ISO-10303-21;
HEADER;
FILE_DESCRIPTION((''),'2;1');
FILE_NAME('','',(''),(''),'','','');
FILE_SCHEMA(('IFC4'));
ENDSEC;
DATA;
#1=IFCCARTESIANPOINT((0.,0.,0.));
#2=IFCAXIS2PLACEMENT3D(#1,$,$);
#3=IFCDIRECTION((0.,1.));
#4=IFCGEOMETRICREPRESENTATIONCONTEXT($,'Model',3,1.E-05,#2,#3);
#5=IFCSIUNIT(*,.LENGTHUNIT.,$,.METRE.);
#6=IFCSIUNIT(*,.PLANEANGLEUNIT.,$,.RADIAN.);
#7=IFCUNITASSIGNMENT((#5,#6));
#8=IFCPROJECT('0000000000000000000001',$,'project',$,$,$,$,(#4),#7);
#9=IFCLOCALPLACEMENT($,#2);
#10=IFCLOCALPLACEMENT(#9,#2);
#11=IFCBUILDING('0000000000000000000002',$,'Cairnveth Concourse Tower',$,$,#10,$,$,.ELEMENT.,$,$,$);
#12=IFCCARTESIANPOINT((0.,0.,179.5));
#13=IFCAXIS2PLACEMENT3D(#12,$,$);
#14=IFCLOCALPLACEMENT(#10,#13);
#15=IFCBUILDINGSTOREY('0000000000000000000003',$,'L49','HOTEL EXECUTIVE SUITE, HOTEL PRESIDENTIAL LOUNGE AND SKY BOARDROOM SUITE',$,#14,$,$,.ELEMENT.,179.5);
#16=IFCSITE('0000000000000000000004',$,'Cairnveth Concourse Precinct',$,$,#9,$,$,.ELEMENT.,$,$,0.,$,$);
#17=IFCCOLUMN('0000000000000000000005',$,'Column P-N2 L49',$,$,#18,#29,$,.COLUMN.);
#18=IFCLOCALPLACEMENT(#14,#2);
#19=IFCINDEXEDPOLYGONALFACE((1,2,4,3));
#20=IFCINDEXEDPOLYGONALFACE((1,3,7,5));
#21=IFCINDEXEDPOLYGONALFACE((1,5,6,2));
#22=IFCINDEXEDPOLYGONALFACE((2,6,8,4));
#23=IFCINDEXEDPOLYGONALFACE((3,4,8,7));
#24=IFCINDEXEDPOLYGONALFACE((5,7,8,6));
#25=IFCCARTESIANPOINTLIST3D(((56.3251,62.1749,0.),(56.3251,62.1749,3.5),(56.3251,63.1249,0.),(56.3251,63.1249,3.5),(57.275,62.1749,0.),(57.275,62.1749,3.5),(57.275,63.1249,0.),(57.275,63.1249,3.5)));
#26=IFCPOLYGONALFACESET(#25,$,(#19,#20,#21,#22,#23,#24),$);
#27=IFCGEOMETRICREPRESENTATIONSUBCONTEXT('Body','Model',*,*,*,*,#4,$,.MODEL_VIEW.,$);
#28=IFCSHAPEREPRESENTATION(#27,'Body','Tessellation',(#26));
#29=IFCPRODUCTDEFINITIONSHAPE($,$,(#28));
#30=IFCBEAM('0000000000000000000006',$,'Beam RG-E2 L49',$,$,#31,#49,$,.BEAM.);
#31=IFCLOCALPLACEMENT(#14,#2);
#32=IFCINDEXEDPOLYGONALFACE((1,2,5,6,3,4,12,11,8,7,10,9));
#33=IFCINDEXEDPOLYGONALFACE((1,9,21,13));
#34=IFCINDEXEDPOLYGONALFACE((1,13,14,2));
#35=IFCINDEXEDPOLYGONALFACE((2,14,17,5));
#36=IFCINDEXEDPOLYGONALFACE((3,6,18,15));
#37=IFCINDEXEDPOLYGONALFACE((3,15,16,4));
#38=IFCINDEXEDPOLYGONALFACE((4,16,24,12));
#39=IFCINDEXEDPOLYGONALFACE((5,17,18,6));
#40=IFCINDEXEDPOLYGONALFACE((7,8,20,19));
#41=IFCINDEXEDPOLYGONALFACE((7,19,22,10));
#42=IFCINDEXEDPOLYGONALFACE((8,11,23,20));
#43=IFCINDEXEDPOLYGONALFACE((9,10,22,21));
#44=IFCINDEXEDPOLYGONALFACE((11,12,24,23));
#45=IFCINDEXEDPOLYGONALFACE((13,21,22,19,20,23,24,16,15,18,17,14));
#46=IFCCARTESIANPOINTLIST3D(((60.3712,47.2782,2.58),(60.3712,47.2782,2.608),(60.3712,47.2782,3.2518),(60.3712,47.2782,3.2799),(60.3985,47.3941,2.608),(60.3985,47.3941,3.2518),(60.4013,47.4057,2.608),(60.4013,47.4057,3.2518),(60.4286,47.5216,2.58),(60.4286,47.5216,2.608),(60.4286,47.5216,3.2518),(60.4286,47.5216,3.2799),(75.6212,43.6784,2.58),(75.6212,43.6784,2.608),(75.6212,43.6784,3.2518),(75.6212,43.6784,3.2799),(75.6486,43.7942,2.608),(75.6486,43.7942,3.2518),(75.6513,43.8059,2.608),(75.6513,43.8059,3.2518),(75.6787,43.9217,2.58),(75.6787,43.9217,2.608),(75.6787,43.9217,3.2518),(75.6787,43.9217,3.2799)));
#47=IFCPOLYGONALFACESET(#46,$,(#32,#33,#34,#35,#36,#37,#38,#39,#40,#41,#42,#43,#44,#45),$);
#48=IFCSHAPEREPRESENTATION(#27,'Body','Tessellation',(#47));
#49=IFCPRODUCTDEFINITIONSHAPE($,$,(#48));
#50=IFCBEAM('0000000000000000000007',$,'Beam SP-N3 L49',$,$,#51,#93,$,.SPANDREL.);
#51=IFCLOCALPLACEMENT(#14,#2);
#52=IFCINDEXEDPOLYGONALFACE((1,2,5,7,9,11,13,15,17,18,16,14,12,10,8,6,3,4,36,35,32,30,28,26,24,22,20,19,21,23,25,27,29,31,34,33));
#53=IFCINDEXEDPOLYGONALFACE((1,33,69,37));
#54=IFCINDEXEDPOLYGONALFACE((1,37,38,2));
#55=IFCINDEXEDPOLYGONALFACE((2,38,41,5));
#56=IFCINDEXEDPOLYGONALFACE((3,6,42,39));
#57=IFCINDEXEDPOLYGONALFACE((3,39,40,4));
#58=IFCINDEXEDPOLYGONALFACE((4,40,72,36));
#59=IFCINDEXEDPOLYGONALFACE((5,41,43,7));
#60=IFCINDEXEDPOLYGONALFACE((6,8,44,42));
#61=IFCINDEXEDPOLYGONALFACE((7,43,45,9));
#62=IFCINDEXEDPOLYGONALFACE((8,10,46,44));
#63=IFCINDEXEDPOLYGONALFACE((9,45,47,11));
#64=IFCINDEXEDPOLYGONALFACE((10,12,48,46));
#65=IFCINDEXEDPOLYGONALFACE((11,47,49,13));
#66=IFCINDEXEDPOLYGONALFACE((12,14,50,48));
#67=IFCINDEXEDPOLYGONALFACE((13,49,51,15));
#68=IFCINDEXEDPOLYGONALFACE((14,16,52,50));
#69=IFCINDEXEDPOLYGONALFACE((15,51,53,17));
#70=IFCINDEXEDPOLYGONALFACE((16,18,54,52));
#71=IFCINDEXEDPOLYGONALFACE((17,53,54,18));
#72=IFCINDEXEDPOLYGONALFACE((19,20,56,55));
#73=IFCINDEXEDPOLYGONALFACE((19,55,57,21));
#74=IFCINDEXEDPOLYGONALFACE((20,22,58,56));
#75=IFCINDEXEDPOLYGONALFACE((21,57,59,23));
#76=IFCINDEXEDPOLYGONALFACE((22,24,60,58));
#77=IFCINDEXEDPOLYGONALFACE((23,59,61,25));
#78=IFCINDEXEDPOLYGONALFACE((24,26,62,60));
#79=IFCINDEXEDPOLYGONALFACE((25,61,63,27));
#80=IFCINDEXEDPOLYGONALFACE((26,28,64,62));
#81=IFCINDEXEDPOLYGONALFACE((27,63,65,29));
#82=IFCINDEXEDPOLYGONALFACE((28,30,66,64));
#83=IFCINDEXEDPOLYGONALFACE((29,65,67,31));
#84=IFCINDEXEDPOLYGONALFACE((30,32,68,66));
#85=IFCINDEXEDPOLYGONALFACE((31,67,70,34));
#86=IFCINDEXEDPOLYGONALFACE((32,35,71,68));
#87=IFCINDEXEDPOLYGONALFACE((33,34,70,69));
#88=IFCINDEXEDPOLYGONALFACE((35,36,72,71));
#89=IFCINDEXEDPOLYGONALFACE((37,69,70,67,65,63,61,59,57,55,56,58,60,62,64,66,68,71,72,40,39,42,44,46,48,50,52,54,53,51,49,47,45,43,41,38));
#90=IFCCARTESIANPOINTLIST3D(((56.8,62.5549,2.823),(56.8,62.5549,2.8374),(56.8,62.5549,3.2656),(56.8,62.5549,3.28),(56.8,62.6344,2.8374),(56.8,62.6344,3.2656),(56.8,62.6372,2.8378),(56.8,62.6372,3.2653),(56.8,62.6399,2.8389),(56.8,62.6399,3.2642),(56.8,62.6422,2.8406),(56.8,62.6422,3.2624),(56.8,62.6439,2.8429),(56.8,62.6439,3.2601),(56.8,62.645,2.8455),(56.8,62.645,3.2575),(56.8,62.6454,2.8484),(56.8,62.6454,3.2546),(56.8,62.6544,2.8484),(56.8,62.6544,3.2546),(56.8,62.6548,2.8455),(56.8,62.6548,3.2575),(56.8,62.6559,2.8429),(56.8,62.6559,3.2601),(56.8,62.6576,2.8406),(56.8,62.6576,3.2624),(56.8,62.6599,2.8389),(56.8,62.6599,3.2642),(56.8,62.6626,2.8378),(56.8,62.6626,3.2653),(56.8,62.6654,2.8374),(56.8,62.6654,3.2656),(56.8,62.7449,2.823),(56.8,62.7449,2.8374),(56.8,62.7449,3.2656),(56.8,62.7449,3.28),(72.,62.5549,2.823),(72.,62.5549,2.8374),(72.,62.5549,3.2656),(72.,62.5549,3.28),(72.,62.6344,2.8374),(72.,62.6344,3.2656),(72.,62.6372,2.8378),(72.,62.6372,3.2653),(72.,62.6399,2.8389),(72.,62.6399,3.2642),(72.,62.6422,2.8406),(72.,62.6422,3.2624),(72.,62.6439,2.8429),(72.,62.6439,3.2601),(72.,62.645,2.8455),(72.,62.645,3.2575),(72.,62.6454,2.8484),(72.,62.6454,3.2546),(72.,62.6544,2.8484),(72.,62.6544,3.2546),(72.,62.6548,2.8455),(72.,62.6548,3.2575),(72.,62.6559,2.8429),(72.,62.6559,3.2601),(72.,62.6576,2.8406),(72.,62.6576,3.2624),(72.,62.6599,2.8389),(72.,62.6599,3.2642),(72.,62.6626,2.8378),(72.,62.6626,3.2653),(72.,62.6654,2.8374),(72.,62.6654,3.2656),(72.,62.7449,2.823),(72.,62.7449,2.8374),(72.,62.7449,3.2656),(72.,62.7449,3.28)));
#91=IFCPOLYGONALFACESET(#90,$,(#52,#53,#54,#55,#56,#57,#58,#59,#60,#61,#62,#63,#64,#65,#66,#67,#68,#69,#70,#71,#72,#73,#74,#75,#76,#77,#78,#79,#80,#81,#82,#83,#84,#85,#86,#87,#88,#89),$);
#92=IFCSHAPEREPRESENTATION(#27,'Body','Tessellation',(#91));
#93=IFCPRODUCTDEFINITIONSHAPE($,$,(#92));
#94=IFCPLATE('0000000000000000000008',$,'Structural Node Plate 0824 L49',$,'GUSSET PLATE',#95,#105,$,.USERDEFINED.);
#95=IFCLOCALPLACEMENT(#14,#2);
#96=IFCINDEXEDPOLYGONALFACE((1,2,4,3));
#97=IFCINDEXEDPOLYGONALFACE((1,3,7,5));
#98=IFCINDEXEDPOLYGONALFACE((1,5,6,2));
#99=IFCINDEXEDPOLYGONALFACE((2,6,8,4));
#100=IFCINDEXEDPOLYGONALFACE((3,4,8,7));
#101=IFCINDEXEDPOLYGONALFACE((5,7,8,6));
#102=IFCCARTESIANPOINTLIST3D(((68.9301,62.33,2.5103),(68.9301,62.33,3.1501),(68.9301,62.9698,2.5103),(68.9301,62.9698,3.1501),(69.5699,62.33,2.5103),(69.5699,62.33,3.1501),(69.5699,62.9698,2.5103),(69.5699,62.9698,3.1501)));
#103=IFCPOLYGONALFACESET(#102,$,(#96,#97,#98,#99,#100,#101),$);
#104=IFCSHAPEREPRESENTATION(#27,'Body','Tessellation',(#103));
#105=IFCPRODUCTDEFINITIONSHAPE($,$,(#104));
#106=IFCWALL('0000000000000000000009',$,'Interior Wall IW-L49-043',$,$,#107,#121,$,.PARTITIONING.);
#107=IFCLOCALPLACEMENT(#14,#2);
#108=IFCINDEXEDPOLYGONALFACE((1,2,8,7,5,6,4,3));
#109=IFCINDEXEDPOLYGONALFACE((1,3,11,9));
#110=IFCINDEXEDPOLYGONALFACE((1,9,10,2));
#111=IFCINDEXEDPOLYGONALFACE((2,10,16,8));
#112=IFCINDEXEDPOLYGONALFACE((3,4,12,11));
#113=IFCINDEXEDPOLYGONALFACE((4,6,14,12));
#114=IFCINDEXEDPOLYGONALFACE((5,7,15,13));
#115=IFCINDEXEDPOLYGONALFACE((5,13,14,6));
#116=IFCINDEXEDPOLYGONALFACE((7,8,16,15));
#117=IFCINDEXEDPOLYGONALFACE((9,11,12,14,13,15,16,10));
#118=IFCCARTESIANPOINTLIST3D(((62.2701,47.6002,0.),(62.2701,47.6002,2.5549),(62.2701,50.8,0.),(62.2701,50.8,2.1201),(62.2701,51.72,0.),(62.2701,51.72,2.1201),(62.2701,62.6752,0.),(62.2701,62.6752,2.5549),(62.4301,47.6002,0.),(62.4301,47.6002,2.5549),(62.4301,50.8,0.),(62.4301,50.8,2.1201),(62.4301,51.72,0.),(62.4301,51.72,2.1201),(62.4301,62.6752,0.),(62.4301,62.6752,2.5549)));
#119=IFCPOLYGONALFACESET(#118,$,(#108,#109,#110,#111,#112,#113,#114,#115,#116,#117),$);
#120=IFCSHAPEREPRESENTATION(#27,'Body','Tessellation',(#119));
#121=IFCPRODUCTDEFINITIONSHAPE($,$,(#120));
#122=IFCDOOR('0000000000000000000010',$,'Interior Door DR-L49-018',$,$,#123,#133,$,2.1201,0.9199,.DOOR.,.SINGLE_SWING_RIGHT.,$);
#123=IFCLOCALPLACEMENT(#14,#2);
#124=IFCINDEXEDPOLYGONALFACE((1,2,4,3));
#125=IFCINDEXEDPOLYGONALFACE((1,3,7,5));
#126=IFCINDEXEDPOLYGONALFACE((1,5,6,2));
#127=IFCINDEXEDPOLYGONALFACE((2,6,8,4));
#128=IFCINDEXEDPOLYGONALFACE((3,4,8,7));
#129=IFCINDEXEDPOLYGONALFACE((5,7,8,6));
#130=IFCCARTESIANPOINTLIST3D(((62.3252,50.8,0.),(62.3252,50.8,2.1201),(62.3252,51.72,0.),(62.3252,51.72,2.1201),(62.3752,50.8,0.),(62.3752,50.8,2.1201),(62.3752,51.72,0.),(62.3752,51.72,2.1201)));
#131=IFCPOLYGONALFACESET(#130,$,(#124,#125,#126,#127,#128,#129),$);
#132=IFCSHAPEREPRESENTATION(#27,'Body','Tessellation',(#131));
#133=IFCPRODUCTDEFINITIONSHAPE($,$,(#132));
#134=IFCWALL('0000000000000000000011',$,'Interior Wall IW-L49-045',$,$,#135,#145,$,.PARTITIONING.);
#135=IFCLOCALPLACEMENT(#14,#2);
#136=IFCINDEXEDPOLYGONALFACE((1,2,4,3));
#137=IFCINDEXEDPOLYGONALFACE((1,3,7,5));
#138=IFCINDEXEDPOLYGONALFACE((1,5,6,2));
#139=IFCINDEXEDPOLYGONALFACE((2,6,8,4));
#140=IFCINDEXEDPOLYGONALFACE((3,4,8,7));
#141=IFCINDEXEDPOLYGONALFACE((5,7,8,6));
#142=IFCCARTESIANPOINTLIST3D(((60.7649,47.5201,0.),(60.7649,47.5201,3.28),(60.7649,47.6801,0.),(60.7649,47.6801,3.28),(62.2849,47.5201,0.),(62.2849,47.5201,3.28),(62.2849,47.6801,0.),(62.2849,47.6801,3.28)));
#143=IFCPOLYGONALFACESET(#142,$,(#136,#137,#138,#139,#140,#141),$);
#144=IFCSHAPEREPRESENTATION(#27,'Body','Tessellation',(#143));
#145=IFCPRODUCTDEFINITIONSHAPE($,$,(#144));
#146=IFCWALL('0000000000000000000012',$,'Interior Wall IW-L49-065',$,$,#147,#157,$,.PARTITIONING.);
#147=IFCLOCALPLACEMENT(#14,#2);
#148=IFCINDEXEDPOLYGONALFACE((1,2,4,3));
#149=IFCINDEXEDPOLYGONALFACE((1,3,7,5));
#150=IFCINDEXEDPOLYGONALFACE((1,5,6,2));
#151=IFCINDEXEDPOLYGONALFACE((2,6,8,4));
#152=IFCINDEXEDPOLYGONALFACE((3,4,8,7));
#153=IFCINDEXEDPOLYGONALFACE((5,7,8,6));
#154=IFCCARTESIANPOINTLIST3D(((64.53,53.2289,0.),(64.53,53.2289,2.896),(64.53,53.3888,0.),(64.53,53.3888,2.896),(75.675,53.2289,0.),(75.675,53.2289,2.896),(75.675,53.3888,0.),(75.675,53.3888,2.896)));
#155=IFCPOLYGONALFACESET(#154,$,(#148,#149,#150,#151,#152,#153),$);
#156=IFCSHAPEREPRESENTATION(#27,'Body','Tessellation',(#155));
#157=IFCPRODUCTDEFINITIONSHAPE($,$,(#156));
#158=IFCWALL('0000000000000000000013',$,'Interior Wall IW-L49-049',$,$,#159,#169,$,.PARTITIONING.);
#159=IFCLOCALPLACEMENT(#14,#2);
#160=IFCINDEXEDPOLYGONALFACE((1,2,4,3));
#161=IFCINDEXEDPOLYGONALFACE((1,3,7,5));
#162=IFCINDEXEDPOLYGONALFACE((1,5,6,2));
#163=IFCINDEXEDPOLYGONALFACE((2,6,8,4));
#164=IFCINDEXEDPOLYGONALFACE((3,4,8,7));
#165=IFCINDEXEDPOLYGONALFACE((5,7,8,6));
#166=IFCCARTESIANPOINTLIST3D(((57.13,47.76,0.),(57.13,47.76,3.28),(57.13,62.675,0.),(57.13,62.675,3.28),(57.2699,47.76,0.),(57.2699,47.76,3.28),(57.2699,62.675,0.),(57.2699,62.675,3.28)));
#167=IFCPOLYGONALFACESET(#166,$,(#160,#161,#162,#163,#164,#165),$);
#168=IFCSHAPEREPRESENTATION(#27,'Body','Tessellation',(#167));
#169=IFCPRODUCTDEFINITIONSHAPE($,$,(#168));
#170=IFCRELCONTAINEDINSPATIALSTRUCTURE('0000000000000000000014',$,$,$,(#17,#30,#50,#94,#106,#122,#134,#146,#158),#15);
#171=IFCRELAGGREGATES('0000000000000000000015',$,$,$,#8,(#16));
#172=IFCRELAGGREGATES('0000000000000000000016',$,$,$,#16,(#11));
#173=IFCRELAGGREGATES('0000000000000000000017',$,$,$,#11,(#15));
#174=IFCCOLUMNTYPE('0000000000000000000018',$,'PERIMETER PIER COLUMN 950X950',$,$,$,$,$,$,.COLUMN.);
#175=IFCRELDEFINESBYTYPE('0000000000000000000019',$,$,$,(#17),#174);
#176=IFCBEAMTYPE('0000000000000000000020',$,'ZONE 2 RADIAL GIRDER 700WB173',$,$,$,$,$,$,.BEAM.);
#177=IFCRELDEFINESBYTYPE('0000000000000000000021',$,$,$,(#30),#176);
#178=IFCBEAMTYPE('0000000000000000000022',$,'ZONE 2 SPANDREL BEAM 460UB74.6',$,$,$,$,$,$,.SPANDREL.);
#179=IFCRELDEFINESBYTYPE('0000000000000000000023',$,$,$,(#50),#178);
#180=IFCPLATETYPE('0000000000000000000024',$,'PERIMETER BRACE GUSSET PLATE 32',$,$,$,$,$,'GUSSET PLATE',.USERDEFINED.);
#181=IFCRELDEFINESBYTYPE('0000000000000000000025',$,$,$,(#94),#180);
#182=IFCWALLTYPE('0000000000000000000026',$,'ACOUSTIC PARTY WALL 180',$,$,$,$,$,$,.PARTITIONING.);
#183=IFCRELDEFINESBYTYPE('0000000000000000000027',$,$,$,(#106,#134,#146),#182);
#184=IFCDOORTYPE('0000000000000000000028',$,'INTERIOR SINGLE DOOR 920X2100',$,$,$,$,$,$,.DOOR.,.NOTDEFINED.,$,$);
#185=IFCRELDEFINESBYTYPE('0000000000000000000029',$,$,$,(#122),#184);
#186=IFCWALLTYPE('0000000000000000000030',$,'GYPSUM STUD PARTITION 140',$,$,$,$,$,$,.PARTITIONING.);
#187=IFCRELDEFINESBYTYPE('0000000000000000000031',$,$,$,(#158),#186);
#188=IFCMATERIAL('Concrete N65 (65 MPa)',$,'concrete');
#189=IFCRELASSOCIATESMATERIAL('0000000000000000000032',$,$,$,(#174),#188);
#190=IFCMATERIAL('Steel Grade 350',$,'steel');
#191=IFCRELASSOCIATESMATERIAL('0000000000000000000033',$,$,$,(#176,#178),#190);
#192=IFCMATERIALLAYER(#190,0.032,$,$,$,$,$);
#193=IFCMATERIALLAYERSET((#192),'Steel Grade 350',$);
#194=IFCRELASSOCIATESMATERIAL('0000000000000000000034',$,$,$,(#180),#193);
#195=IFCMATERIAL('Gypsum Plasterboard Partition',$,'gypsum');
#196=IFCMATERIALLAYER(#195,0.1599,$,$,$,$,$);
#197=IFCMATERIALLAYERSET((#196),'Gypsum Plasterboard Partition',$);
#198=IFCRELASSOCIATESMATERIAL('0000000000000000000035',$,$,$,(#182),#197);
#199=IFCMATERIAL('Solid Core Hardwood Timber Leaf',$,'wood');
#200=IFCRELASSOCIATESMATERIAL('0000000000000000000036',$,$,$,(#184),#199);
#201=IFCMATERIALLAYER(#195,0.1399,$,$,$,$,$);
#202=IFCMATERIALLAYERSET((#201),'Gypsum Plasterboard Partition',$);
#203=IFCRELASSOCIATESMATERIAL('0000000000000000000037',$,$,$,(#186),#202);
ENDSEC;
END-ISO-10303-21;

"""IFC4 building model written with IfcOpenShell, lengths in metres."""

from ifc_helpers import new_model, si_unit, direction, frame, frame_2d, origin, origin_2d, place, context, subcontext, project, spatial, rectangle, i_section, extrude, material, layer, layer_set, material_profile, profile_set, type_object, element, fill, save


model = new_model("IFC4")

# Units and contexts
model_context = context("Model", 3, precision=1e-05, world=origin(), true_north=direction((0.0, 1.0)))
body_context = subcontext(model_context, "Body", "Model", "MODEL_VIEW")
ifc_project = project(units=[si_unit("LENGTHUNIT", "METRE"), si_unit("PLANEANGLEUNIT", "RADIAN")], contexts=[model_context])

# Site, building, storey
site_placement = place(None, origin())
site = spatial("IfcSite", under=ifc_project, at=site_placement, Name="Cairnveth Concourse Precinct", CompositionType="ELEMENT", RefElevation=0.0)
building_placement = place(site_placement, origin())
building = spatial("IfcBuilding", under=site, at=building_placement, Name="Cairnveth Concourse Tower", CompositionType="ELEMENT")
storey_placement = place(building_placement, frame((0.0, 0.0, 179.5)))
storey = spatial("IfcBuildingStorey", under=building, at=storey_placement, Name="L49", Description="HOTEL EXECUTIVE SUITE, HOTEL PRESIDENTIAL LOUNGE AND SKY BOARDROOM SUITE", CompositionType="ELEMENT", Elevation=179.5)

# Column
ifc_material_1 = material(Name="Concrete N65 (65 MPa)", Category="concrete")
ifc_material_profile_1 = material_profile(ifc_material_1, rectangle(XDim=0.95, YDim=0.95, at=origin_2d()), Name="RC-COL-950x950")
ifc_profile_set_1 = profile_set([ifc_material_profile_1], Name="Concrete N65 (65 MPa)")
column_type = type_object("IfcColumnType", Name="PERIMETER PIER COLUMN 950X950", PredefinedType="COLUMN", material=ifc_profile_set_1)
column_placement = place(storey_placement, frame((56.8, 62.6499, 0.0), z_axis=(0.0, 0.0, 1.0), x_axis=(1.0, 0.0, 0.0)))
element("IfcColumn", 1, at=column_placement, inside=storey, type_object=column_type, Name="Column P-N2 L49", PredefinedType="COLUMN", context=body_context, shape_type="SweptSolid", body=[
    extrude(rectangle(XDim=0.95, YDim=0.95, at=origin_2d()), origin(), (0.0, 0.0, 1.0), 3.5),
])

# Beams
ifc_material_2 = material(Name="Steel Grade 350", Category="steel")
ifc_material_profile_2 = material_profile(ifc_material_2, i_section(OverallWidth=0.25, OverallDepth=0.7, WebThickness=0.012, FlangeThickness=0.0281, at=origin_2d()), Name="700WB173")
ifc_profile_set_2 = profile_set([ifc_material_profile_2], Name="Steel Grade 350")
beam_type_1 = type_object("IfcBeamType", Name="ZONE 2 RADIAL GIRDER 700WB173", PredefinedType="BEAM", material=ifc_profile_set_2)
beam_1_placement = place(storey_placement, frame((60.3999, 47.3999, 2.9299), z_axis=(0.973252, -0.229742, 0.0), x_axis=(0.229742, 0.973252, 0.0)))
element("IfcBeam", 2, at=beam_1_placement, inside=storey, type_object=beam_type_1, Name="Beam RG-E2 L49", PredefinedType="BEAM", context=body_context, shape_type="SweptSolid", body=[
    extrude(i_section(OverallWidth=0.25, OverallDepth=0.7, WebThickness=0.012, FlangeThickness=0.0281, at=origin_2d()), origin(), (0.0, 0.0, 1.0), 15.6692),
])
ifc_material_profile_3 = material_profile(ifc_material_2, i_section(OverallWidth=0.1899, OverallDepth=0.457, WebThickness=0.009, FlangeThickness=0.0144, FilletRadius=0.011, at=origin_2d()), Name="460UB74.6")
ifc_profile_set_3 = profile_set([ifc_material_profile_3], Name="Steel Grade 350")
beam_type_2 = type_object("IfcBeamType", Name="ZONE 2 SPANDREL BEAM 460UB74.6", PredefinedType="SPANDREL", material=ifc_profile_set_3)
beam_2_placement = place(storey_placement, frame((56.8, 62.6499, 3.0515), z_axis=(1.0, 0.0, 0.0), x_axis=(0.0, 1.0, 0.0)))
element("IfcBeam", 3, at=beam_2_placement, inside=storey, type_object=beam_type_2, Name="Beam SP-N3 L49", PredefinedType="SPANDREL", context=body_context, shape_type="SweptSolid", body=[
    extrude(i_section(OverallWidth=0.1899, OverallDepth=0.457, WebThickness=0.009, FlangeThickness=0.0144, FilletRadius=0.011, at=origin_2d()), origin(), (0.0, 0.0, 1.0), 15.2),
])

# Plate
ifc_layer_1 = layer(ifc_material_2, 0.032)
ifc_layer_set_1 = layer_set([ifc_layer_1], Name="Steel Grade 350")
plate_type = type_object("IfcPlateType", Name="PERIMETER BRACE GUSSET PLATE 32", ElementType="GUSSET PLATE", PredefinedType="USERDEFINED", material=ifc_layer_set_1)
plate_placement = place(storey_placement, frame((69.25, 62.6499, 2.5103), z_axis=(0.0, 0.0, 1.0), x_axis=(1.0, 0.0, 0.0)))
element("IfcPlate", 4, at=plate_placement, inside=storey, type_object=plate_type, Name="Structural Node Plate 0824 L49", ObjectType="GUSSET PLATE", PredefinedType="USERDEFINED", context=body_context, shape_type="SweptSolid", body=[
    extrude(rectangle(XDim=0.6399, YDim=0.6399, at=origin_2d()), origin(), (0.0, 0.0, 1.0), 0.6399),
])

# Wall, opening, door
ifc_material_3 = material(Name="Gypsum Plasterboard Partition", Category="gypsum")
ifc_layer_2 = layer(ifc_material_3, 0.1599)
ifc_layer_set_2 = layer_set([ifc_layer_2], Name="Gypsum Plasterboard Partition")
wall_type_1 = type_object("IfcWallType", Name="ACOUSTIC PARTY WALL 180", PredefinedType="PARTITIONING", material=ifc_layer_set_2)
wall_1_placement = place(storey_placement, frame((62.3501, 47.6001, 0.0), z_axis=(0.0, 0.0, 1.0), x_axis=(0.0, 1.0, 0.0)))
wall_1 = element("IfcWall", 5, at=wall_1_placement, inside=storey, type_object=wall_type_1, Name="Interior Wall IW-L49-043", PredefinedType="PARTITIONING", context=body_context, shape_type="SweptSolid", body=[
    extrude(rectangle(XDim=15.075, YDim=0.1599, at=frame_2d((7.5376, 0.0))), origin(), (0.0, 0.0, 1.0), 2.5549),
])
opening_1_placement = place(wall_1_placement, frame((3.2, 0.0, 0.0)))
opening_1 = element("IfcOpeningElement", 6, at=opening_1_placement, cuts=wall_1, PredefinedType="OPENING", context=body_context, shape_type="SweptSolid", body=[
    extrude(rectangle(XDim=0.9199, YDim=2.1201, at=frame_2d((0.46, 1.0601))), frame((0.0, 0.0898, 0.0), z_axis=(0.0, -1.0, 0.0), x_axis=(1.0, 0.0, 0.0)), (0.0, 0.0, 1.0), 0.1799),
])
ifc_material_4 = material(Name="Solid Core Hardwood Timber Leaf", Category="wood")
door_type_1 = type_object("IfcDoorType", Name="INTERIOR SINGLE DOOR 920X2100", OperationType="NOTDEFINED", PredefinedType="DOOR", material=ifc_material_4)
door_1_placement = place(opening_1_placement, origin())
door_1 = element("IfcDoor", 7, at=door_1_placement, inside=storey, type_object=door_type_1, Name="Interior Door DR-L49-018", OperationType="SINGLE_SWING_RIGHT", OverallHeight=2.1201, OverallWidth=0.9199, PredefinedType="DOOR", context=body_context, shape_type="SweptSolid", body=[
    extrude(rectangle(XDim=0.9199, YDim=2.1201, at=frame_2d((0.46, 1.0601))), frame((0.0, 0.0249, 0.0), z_axis=(0.0, -1.0, 0.0), x_axis=(1.0, 0.0, 0.0)), (0.0, 0.0, 1.0), 0.05),
])
fill(opening_1, door_1)

# Walls
wall_2_placement = place(storey_placement, frame((60.7649, 47.6001, 0.0), z_axis=(0.0, 0.0, 1.0), x_axis=(1.0, 0.0, 0.0)))
element("IfcWall", 8, at=wall_2_placement, inside=storey, type_object=wall_type_1, Name="Interior Wall IW-L49-045", PredefinedType="PARTITIONING", context=body_context, shape_type="SweptSolid", body=[
    extrude(rectangle(XDim=1.52, YDim=0.1599, at=frame_2d((0.76, 0.0))), origin(), (0.0, 0.0, 1.0), 3.28),
])
wall_3_placement = place(storey_placement, frame((64.53, 53.3088, 0.0), z_axis=(0.0, 0.0, 1.0), x_axis=(1.0, 0.0, 0.0)))
element("IfcWall", 9, at=wall_3_placement, inside=storey, type_object=wall_type_1, Name="Interior Wall IW-L49-065", PredefinedType="PARTITIONING", context=body_context, shape_type="SweptSolid", body=[
    extrude(rectangle(XDim=11.145, YDim=0.1599, at=frame_2d((5.5725, 0.0))), origin(), (0.0, 0.0, 1.0), 2.896),
])
ifc_layer_3 = layer(ifc_material_3, 0.1399)
ifc_layer_set_3 = layer_set([ifc_layer_3], Name="Gypsum Plasterboard Partition")
wall_type_2 = type_object("IfcWallType", Name="GYPSUM STUD PARTITION 140", PredefinedType="PARTITIONING", material=ifc_layer_set_3)
wall_4_placement = place(storey_placement, frame((57.2, 47.76, 0.0), z_axis=(0.0, 0.0, 1.0), x_axis=(0.0, 1.0, 0.0)))
element("IfcWall", 10, at=wall_4_placement, inside=storey, type_object=wall_type_2, Name="Interior Wall IW-L49-049", PredefinedType="PARTITIONING", context=body_context, shape_type="SweptSolid", body=[
    extrude(rectangle(XDim=14.915, YDim=0.1399, at=frame_2d((7.4575, 0.0))), origin(), (0.0, 0.0, 1.0), 3.28),
])

save(model, "model.ifc")
